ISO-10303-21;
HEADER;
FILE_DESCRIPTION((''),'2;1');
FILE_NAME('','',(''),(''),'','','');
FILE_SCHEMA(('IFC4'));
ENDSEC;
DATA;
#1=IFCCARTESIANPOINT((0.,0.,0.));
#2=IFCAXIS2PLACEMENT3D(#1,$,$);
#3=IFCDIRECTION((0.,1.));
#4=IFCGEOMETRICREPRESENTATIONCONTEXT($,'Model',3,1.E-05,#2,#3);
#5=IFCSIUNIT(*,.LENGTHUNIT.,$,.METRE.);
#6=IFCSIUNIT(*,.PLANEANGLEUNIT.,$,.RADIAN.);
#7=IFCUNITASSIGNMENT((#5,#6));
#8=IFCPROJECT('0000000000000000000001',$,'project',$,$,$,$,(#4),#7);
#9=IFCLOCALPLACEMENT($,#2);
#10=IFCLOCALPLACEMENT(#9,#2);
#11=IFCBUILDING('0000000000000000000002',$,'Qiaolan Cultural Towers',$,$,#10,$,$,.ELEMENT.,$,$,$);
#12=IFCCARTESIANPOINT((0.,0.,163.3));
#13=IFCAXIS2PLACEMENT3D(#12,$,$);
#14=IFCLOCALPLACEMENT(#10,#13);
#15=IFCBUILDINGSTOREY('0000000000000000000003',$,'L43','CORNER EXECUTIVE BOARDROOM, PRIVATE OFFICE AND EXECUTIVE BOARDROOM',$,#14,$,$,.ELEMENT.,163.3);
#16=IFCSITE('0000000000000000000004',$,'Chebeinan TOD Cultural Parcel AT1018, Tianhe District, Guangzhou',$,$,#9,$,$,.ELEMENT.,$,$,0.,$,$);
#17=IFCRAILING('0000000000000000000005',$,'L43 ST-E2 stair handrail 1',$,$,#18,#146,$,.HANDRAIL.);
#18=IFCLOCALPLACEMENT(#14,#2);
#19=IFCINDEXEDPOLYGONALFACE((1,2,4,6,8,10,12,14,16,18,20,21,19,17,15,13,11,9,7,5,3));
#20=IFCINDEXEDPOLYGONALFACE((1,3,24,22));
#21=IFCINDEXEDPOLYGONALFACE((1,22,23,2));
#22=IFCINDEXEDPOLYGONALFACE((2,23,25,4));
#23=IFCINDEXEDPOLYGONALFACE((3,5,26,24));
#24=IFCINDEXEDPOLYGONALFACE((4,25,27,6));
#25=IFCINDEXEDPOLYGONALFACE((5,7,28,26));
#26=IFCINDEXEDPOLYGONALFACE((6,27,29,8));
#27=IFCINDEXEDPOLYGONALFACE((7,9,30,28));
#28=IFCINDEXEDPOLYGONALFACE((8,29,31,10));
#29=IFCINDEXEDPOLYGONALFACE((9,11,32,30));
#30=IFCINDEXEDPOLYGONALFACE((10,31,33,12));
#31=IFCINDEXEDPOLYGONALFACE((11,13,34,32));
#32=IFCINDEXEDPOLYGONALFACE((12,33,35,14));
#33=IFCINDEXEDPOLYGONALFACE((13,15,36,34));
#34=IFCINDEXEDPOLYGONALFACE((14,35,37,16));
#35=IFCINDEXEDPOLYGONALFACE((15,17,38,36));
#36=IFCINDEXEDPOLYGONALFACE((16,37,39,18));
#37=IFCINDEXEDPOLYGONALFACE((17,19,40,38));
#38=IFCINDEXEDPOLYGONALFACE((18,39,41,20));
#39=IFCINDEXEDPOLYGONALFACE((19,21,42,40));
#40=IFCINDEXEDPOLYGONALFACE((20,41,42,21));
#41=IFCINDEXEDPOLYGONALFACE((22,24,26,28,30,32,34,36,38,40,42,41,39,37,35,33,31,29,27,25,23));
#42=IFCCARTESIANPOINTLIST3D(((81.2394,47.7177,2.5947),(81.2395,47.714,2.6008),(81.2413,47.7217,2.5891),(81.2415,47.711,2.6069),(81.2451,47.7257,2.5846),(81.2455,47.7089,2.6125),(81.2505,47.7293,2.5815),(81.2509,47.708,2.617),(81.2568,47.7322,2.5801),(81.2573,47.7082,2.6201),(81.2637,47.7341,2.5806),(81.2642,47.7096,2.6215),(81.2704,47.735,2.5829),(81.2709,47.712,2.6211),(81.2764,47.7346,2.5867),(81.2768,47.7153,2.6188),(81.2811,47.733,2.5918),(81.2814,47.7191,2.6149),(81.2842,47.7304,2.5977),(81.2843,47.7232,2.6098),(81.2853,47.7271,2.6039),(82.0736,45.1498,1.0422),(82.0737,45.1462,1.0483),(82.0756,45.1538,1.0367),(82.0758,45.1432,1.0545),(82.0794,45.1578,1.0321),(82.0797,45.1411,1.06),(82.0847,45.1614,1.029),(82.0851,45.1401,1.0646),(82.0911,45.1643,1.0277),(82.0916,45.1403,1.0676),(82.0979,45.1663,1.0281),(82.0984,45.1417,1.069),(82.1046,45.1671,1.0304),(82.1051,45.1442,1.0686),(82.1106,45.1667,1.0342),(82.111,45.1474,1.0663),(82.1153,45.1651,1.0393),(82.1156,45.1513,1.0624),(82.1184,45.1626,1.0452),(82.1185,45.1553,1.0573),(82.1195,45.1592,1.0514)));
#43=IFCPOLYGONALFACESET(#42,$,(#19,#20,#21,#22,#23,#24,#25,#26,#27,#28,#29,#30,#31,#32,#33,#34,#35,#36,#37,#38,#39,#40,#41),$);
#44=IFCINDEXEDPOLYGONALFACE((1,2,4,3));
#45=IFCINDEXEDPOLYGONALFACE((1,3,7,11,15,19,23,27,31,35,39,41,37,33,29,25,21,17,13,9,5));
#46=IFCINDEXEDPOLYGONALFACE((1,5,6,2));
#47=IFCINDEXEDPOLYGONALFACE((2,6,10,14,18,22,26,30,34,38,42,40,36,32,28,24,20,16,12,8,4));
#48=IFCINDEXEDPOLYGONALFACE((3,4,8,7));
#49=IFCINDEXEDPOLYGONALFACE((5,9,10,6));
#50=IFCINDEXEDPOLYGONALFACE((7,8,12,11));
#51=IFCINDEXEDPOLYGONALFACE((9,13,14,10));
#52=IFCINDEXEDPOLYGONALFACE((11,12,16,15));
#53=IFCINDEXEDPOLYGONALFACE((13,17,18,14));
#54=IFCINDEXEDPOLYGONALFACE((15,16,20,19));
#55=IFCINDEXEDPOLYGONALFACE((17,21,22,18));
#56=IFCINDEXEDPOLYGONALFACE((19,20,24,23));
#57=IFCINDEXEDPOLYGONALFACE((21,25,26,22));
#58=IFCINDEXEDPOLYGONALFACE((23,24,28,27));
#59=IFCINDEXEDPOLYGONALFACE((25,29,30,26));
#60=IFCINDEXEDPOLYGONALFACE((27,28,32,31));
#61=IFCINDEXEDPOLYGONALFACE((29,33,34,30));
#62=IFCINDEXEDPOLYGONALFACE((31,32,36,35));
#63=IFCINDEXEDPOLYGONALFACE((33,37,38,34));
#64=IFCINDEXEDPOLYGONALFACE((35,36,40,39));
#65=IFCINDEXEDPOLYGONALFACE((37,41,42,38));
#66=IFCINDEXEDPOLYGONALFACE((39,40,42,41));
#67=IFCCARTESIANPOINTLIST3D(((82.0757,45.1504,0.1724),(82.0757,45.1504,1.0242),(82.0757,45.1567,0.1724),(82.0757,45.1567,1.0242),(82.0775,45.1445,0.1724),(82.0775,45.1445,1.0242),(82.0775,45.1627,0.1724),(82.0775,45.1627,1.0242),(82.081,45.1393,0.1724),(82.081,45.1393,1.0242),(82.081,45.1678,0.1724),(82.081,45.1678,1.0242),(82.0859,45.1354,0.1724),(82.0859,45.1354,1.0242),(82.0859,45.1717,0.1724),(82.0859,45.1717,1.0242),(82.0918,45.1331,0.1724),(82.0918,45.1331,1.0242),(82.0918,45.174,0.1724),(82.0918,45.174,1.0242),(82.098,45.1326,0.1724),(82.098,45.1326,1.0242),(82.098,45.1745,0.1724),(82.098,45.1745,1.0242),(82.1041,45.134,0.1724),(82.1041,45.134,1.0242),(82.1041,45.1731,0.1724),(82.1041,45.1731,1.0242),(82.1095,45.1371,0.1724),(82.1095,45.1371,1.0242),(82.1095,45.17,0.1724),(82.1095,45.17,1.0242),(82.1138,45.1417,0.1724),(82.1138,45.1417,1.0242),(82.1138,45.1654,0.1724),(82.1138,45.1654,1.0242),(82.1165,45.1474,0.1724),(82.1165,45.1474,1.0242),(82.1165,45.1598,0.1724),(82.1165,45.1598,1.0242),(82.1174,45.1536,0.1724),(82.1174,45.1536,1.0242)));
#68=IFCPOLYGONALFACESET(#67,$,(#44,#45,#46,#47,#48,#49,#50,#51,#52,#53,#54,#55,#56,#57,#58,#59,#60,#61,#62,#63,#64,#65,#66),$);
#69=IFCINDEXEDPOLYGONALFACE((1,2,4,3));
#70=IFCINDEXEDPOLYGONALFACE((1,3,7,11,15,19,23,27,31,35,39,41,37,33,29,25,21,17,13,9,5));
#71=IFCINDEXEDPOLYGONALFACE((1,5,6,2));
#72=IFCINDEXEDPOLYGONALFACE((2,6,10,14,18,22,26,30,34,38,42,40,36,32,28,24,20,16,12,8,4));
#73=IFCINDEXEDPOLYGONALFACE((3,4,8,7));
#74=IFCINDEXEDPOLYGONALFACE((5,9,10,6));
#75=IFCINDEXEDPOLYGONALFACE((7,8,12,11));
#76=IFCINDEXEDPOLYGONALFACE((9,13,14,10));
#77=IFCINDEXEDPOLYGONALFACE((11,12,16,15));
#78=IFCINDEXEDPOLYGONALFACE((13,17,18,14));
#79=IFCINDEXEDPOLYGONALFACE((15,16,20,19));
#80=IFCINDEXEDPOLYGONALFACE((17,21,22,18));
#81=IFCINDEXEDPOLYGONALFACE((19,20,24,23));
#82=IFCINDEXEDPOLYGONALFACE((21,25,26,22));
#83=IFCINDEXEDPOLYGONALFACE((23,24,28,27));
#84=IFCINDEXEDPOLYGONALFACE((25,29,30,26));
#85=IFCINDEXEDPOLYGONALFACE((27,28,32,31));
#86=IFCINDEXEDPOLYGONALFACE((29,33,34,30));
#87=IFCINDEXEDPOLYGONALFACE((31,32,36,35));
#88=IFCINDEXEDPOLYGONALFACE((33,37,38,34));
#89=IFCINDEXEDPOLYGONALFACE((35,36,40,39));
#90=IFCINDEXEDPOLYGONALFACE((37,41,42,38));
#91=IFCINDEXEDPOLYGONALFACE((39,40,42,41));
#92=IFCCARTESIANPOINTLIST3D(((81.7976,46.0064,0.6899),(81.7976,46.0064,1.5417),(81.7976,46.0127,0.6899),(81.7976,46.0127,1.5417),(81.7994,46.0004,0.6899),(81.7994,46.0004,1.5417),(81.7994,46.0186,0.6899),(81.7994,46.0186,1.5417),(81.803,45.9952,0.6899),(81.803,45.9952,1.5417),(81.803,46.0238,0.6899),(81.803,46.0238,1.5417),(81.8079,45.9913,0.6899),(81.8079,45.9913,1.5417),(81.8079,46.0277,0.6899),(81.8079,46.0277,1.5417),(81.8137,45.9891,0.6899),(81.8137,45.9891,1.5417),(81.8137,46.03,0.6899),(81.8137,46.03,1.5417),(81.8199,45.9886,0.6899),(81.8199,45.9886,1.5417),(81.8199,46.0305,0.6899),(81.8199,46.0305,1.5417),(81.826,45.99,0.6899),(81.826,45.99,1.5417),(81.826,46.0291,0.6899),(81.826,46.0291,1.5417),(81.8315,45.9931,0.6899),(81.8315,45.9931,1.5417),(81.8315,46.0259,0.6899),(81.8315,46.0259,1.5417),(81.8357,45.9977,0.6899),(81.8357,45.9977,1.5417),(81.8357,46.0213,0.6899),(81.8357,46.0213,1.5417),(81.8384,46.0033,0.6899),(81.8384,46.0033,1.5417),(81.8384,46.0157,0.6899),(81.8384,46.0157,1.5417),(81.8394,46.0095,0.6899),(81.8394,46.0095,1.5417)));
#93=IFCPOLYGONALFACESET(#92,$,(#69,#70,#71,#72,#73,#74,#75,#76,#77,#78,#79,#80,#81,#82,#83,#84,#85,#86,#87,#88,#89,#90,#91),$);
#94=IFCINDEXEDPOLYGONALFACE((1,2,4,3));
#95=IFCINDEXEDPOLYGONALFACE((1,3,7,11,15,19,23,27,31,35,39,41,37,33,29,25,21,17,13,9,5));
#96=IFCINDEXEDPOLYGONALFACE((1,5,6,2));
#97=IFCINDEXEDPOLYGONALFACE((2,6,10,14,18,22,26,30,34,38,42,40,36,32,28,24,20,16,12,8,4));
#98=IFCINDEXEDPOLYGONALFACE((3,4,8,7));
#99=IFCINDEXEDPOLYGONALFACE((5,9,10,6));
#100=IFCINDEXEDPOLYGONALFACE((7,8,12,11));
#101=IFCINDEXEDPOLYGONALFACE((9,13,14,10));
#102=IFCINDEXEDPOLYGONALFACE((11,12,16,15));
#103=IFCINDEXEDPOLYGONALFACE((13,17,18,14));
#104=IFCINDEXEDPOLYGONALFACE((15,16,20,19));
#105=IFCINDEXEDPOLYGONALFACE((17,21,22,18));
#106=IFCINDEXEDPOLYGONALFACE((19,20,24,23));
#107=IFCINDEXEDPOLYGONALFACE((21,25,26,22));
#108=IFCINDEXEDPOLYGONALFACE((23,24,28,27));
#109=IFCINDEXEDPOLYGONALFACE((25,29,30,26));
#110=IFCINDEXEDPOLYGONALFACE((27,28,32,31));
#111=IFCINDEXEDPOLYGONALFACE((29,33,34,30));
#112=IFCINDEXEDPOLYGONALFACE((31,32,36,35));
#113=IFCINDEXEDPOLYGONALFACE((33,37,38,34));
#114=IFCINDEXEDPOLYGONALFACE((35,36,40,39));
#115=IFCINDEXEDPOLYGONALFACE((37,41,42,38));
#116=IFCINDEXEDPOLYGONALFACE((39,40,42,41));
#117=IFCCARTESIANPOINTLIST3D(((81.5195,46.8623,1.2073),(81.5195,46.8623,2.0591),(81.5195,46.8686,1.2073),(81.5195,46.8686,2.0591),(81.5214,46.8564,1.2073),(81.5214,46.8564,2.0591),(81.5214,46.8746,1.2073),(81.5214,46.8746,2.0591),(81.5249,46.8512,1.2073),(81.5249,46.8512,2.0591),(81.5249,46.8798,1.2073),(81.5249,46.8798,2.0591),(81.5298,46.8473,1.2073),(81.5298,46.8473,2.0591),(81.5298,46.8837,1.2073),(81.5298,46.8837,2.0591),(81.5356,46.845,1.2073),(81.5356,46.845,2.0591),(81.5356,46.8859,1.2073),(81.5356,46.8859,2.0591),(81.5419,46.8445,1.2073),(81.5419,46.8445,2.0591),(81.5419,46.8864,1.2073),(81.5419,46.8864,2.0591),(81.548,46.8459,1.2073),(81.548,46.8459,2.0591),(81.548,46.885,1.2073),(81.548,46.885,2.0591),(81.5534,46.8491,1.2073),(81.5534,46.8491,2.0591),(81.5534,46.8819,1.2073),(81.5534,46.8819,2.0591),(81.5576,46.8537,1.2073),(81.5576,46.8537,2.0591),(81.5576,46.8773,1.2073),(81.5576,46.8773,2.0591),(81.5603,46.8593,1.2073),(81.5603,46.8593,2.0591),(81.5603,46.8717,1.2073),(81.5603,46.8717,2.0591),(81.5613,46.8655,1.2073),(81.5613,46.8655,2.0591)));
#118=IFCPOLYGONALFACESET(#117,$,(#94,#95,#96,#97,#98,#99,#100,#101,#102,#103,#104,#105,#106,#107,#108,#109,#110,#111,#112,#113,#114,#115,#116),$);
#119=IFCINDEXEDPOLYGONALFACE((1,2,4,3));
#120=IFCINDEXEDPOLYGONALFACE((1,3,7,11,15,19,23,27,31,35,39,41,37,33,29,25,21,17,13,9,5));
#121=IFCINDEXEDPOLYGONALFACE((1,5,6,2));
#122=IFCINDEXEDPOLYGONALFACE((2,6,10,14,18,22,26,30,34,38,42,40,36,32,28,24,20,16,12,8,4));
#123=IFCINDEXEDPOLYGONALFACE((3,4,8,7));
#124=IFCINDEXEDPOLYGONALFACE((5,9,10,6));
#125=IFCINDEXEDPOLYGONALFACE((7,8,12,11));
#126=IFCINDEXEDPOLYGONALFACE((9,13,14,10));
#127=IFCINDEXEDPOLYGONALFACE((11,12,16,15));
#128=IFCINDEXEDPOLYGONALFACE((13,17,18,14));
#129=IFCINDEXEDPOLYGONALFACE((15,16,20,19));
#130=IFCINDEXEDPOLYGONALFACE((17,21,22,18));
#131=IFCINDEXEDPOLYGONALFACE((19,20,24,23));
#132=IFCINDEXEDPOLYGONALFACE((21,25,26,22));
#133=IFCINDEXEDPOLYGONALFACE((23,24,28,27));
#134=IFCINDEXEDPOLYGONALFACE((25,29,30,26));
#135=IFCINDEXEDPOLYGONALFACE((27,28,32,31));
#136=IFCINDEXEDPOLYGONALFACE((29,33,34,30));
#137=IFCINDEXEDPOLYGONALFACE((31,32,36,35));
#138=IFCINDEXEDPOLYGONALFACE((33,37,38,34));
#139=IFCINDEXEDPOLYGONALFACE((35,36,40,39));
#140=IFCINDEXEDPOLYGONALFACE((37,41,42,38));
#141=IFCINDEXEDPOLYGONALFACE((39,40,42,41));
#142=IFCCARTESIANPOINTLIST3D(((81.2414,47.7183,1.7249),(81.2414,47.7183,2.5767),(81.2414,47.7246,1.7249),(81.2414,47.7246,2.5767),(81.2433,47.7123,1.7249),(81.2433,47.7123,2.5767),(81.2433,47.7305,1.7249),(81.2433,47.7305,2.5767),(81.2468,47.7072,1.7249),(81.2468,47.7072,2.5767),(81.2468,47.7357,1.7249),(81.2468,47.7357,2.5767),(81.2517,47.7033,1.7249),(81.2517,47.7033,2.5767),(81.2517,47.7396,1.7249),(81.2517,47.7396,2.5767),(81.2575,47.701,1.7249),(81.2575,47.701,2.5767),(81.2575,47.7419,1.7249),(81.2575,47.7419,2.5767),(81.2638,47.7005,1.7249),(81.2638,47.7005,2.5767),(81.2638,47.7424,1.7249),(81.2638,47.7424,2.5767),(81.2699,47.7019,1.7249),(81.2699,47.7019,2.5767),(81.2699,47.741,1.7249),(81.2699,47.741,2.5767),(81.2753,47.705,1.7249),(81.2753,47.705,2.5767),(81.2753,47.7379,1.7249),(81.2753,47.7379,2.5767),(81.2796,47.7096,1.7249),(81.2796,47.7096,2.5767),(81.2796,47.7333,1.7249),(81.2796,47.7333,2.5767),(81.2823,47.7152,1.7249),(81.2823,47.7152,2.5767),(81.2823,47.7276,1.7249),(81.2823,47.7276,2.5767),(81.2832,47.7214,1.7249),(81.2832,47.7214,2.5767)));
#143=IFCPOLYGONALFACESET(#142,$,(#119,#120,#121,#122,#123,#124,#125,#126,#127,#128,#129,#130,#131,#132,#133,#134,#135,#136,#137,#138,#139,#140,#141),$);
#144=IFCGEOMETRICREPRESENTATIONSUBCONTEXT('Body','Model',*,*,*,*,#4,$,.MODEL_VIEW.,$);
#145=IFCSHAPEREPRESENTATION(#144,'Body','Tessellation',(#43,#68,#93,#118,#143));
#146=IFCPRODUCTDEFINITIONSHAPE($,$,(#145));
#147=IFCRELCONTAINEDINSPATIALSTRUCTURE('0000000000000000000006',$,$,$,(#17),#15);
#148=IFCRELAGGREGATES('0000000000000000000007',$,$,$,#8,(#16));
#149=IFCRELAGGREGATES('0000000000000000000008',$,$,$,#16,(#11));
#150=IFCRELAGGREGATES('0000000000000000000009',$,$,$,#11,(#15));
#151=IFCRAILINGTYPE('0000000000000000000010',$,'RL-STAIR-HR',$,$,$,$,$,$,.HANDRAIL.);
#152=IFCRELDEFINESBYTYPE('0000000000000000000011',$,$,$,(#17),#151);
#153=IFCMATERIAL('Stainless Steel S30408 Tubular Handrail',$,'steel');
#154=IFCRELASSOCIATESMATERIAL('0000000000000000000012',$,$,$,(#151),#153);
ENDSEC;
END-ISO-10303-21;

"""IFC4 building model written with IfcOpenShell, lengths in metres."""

from ifc_helpers import new_model, si_unit, direction, frame, origin, origin_2d, place, context, subcontext, project, spatial, circle, extrude, material, type_object, element, save


model = new_model("IFC4")

# Units and contexts
model_context = context("Model", 3, precision=1e-05, world=origin(), true_north=direction((0.0, 1.0)))
body_context = subcontext(model_context, "Body", "Model", "MODEL_VIEW")
ifc_project = project(units=[si_unit("LENGTHUNIT", "METRE"), si_unit("PLANEANGLEUNIT", "RADIAN")], contexts=[model_context])

# Site, building, storey
site_placement = place(None, origin())
site = spatial("IfcSite", under=ifc_project, at=site_placement, Name="Chebeinan TOD Cultural Parcel AT1018, Tianhe District, Guangzhou", CompositionType="ELEMENT", RefElevation=0.0)
building_placement = place(site_placement, origin())
building = spatial("IfcBuilding", under=site, at=building_placement, Name="Qiaolan Cultural Towers", CompositionType="ELEMENT")
storey_placement = place(building_placement, frame((0.0, 0.0, 163.3)))
storey = spatial("IfcBuildingStorey", under=building, at=storey_placement, Name="L43", Description="CORNER EXECUTIVE BOARDROOM, PRIVATE OFFICE AND EXECUTIVE BOARDROOM", CompositionType="ELEMENT", Elevation=163.3)

# Railing
ifc_material_1 = material(Name="Stainless Steel S30408 Tubular Handrail", Category="steel")
railing_type_1 = type_object("IfcRailingType", Name="RL-STAIR-HR", PredefinedType="HANDRAIL", material=ifc_material_1)
railing_1_placement = place(storey_placement, frame((82.0964, 45.1536, 0.1724)))
element("IfcRailing", 1, at=railing_1_placement, inside=storey, type_object=railing_type_1, Name="L43 ST-E2 stair handrail 1", PredefinedType="HANDRAIL", context=body_context, shape_type="SweptSolid", body=[
    extrude(circle(Radius=0.0239, at=origin_2d()), frame((0.0, 0.0, 0.876), z_axis=(-0.267853, 0.824488, 0.498471), x_axis=(-0.95107, -0.308976, 0.0)), (0.0, 0.0, 1.0), 3.1145),
    extrude(circle(Radius=0.021, at=origin_2d()), origin(), (0.0, 0.0, 1.0), 0.8518),
    extrude(circle(Radius=0.021, at=origin_2d()), frame((-0.2781, 0.856, 0.5176)), (0.0, 0.0, 1.0), 0.8518),
    extrude(circle(Radius=0.021, at=origin_2d()), frame((-0.5562, 1.7119, 1.0349)), (0.0, 0.0, 1.0), 0.8518),
    extrude(circle(Radius=0.021, at=origin_2d()), frame((-0.8342, 2.5679, 1.5525)), (0.0, 0.0, 1.0), 0.8518),
])

save(model, "model.ifc")
